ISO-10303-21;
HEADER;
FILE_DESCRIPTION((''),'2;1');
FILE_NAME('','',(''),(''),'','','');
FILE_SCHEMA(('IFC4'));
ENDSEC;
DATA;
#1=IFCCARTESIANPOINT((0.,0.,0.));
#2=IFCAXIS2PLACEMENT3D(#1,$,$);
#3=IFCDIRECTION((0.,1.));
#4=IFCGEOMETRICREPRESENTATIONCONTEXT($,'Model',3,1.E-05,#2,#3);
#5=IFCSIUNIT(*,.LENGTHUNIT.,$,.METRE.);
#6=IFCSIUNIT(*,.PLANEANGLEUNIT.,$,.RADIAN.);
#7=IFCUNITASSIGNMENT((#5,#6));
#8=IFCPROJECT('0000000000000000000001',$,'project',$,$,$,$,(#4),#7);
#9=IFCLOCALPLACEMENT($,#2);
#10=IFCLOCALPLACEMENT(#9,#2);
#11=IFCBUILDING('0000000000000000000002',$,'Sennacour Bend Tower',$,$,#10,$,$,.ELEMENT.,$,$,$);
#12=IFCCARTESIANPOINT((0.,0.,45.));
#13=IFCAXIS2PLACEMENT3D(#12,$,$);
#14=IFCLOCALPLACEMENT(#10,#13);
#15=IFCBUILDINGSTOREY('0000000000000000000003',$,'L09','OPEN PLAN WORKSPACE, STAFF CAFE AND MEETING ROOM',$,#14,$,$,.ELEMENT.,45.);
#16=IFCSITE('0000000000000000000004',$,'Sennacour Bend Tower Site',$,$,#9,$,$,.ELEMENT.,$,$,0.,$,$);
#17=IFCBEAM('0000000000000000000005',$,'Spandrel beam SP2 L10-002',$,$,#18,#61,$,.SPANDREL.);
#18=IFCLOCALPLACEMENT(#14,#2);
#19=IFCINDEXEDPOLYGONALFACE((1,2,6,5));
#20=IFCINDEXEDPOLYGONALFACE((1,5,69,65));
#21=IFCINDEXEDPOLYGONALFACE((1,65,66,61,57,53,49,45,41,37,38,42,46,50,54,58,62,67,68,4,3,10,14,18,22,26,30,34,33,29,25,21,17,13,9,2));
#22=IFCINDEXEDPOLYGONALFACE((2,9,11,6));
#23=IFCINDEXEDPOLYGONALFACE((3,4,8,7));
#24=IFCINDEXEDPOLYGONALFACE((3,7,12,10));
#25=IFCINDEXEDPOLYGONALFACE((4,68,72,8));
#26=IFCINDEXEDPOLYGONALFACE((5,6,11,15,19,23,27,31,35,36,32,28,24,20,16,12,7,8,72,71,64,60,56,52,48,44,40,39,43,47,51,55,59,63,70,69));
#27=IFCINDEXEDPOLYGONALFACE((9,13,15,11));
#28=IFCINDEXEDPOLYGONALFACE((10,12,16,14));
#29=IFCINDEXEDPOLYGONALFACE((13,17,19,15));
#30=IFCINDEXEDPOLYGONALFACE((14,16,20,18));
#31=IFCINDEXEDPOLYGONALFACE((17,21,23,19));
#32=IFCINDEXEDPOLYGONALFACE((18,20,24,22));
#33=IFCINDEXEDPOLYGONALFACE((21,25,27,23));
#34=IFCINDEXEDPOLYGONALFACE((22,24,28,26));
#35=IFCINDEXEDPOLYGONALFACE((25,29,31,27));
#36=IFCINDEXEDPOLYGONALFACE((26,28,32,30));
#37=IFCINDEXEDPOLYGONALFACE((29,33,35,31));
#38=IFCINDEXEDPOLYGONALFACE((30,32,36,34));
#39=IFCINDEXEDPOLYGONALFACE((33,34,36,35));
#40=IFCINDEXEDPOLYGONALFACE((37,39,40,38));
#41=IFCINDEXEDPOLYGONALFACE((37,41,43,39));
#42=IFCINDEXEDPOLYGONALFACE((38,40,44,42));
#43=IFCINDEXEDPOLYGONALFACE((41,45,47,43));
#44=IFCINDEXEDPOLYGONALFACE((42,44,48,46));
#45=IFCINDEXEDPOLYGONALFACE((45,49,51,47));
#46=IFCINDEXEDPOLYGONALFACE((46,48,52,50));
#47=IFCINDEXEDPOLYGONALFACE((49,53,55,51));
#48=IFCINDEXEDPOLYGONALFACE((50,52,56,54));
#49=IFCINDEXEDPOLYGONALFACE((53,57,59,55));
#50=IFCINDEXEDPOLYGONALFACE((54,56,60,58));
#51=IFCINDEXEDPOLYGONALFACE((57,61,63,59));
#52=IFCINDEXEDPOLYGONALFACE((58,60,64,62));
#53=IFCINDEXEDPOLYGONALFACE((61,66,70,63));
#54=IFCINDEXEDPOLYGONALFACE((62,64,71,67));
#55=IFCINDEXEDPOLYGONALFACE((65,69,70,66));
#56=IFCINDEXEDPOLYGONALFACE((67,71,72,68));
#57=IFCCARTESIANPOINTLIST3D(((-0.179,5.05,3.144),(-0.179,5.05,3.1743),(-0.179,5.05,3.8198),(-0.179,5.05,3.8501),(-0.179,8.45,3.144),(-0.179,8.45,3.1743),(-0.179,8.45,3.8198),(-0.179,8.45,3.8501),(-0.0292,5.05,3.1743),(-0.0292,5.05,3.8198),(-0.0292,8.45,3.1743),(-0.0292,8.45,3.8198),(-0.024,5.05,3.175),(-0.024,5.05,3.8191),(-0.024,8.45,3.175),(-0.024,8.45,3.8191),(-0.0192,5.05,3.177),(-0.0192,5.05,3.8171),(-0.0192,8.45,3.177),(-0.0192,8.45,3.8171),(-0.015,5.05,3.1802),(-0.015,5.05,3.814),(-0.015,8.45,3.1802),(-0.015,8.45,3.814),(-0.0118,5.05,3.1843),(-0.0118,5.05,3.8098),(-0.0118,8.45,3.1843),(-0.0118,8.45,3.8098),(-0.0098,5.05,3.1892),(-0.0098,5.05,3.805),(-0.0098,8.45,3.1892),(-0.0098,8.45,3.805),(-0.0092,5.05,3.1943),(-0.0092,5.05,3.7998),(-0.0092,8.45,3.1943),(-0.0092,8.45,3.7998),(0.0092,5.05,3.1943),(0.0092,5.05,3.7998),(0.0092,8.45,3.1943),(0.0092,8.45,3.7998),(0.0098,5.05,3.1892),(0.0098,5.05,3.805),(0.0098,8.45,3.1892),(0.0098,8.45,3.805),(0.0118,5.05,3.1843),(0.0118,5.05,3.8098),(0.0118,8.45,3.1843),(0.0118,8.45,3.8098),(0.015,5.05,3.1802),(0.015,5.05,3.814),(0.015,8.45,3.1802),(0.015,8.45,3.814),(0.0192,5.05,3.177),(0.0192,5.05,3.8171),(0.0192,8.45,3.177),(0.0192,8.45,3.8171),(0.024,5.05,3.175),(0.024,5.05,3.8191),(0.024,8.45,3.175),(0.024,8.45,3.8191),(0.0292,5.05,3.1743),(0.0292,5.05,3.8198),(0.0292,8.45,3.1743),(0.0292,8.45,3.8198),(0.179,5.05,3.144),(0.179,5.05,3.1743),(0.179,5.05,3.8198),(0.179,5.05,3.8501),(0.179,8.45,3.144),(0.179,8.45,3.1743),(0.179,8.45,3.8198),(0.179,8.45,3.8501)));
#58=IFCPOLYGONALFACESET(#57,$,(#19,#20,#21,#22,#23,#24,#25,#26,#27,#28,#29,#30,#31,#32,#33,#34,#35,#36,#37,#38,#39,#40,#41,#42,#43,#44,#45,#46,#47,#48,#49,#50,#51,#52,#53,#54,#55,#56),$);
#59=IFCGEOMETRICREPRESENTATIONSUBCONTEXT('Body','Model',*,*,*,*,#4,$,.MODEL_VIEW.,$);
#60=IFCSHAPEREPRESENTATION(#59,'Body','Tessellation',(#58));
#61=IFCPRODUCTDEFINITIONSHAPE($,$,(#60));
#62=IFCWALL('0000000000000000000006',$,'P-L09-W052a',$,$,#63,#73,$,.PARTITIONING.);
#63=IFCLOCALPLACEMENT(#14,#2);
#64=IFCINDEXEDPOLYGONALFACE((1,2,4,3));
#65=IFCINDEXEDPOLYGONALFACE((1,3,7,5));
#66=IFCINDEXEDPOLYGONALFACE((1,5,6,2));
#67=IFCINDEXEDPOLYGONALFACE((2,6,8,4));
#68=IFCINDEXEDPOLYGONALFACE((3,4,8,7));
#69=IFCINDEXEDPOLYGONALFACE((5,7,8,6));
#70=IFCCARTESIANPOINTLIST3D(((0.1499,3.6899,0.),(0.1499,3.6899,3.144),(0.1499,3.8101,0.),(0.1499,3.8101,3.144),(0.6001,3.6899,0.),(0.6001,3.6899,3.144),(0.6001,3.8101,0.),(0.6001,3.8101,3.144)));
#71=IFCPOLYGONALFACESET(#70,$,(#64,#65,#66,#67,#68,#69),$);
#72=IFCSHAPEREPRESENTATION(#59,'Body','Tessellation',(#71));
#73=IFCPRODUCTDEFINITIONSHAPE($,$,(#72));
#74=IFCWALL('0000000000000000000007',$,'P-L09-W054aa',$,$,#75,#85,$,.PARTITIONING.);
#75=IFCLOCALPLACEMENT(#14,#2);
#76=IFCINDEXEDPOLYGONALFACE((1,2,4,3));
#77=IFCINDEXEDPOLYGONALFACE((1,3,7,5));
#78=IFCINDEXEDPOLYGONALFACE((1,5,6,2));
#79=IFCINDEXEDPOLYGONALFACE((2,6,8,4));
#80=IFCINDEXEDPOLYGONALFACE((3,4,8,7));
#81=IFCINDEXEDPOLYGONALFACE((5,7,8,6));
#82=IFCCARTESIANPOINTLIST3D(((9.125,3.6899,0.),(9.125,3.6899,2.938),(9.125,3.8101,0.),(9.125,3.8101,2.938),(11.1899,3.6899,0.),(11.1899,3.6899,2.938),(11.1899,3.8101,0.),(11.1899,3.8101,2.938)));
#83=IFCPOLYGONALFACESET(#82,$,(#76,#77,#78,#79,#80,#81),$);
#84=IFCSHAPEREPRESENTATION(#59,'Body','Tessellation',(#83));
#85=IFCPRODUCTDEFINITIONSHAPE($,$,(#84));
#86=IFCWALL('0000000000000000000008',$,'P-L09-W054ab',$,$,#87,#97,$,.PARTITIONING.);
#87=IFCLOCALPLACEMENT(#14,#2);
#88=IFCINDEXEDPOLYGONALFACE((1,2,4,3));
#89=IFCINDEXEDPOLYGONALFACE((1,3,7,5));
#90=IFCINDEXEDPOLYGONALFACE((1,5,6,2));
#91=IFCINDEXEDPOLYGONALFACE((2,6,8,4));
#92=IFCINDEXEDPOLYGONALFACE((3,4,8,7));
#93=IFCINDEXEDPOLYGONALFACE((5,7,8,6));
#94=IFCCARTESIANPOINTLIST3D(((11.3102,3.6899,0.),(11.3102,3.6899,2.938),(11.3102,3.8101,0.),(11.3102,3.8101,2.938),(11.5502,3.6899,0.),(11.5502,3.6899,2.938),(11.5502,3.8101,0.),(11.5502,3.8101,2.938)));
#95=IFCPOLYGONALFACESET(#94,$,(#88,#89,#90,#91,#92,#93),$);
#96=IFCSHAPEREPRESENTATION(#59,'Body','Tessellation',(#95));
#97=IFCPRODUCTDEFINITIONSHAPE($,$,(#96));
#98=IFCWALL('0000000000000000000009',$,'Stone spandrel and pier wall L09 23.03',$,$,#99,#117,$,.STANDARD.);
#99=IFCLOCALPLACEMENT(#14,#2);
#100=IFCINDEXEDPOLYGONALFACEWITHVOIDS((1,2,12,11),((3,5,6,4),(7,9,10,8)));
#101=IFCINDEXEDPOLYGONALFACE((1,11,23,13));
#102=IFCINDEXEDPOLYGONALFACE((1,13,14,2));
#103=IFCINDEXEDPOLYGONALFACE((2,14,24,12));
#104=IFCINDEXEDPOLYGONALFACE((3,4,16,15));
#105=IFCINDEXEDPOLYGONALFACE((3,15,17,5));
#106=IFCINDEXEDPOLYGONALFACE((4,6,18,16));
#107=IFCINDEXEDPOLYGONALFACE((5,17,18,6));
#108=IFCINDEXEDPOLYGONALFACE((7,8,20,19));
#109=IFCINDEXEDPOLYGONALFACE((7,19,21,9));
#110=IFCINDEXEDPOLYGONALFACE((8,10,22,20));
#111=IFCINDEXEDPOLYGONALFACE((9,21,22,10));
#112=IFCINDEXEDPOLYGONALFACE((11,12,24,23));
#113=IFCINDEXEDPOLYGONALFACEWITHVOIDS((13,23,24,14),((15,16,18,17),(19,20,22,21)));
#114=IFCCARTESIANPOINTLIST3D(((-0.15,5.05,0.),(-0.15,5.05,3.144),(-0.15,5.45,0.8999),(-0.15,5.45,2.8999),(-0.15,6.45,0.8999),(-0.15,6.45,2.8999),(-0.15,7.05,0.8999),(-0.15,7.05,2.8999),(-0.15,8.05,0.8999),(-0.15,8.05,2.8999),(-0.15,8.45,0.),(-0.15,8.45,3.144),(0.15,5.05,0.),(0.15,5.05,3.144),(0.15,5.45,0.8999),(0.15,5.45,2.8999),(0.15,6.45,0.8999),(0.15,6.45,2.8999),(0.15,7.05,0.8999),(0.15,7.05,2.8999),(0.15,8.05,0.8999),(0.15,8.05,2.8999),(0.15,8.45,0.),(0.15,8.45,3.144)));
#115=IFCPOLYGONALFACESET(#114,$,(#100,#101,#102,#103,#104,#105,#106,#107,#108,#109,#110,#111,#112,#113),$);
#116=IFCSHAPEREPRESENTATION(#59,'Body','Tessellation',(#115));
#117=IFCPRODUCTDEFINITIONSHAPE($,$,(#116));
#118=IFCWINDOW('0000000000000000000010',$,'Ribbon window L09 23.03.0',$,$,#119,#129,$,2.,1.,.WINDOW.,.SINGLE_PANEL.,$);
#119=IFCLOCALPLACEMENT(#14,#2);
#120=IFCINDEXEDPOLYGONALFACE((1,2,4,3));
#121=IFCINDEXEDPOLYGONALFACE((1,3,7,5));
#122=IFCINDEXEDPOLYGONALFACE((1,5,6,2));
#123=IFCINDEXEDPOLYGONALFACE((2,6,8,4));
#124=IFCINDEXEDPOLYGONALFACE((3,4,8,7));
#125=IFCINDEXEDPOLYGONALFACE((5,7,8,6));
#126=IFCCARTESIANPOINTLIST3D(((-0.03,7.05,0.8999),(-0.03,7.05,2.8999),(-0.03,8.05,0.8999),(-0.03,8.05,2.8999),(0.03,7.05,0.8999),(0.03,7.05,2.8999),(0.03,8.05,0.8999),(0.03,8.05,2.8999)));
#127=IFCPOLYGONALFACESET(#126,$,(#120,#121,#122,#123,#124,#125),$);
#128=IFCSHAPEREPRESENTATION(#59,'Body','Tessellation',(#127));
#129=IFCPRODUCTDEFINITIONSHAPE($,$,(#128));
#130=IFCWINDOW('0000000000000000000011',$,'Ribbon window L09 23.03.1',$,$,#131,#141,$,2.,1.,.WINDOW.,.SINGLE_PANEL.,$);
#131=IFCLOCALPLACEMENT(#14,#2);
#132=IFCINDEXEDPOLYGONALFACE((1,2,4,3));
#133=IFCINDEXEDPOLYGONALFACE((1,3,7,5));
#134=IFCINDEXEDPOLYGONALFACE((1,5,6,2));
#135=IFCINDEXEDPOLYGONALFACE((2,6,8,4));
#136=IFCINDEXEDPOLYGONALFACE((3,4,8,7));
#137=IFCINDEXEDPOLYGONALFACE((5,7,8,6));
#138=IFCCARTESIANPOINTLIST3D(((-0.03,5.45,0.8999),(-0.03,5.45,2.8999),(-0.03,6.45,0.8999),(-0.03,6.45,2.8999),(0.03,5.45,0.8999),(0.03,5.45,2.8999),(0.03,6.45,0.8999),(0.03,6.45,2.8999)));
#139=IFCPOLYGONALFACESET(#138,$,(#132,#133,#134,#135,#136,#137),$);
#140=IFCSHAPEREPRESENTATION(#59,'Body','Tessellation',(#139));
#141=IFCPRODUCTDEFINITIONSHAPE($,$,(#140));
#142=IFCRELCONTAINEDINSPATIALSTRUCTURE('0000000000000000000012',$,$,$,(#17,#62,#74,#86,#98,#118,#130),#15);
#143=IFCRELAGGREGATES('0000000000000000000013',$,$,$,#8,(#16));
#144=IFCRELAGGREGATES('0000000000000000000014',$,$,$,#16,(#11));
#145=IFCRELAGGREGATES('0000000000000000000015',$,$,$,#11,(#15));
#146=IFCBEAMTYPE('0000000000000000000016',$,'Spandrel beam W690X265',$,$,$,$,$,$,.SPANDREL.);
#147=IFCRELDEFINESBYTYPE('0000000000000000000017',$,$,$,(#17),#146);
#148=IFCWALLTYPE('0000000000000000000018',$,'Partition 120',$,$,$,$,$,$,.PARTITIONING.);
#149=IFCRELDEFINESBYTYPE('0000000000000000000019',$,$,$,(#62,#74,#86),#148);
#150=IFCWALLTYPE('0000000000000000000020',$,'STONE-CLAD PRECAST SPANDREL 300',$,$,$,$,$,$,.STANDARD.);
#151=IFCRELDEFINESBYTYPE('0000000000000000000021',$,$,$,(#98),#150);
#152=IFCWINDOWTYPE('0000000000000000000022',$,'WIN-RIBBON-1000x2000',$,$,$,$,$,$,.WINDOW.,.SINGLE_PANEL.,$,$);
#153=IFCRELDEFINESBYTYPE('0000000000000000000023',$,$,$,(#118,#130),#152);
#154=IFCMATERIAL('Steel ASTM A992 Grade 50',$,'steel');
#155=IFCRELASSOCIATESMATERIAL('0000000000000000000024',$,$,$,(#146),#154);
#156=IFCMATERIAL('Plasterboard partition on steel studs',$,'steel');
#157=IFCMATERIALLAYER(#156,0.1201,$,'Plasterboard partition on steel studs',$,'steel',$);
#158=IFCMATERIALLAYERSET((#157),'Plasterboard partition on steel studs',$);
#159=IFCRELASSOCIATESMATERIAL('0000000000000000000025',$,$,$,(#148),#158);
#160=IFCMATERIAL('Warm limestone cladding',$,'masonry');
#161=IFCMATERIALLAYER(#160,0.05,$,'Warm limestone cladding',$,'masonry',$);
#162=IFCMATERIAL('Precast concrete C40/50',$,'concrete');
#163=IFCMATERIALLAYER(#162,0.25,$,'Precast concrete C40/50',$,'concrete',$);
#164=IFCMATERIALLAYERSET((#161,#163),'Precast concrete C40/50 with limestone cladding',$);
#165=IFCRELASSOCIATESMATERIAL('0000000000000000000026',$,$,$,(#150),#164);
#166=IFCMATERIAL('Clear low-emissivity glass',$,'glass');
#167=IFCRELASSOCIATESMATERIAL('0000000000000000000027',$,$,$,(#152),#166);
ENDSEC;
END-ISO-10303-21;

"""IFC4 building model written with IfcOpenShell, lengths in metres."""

from ifc_helpers import new_model, si_unit, direction, frame, frame_2d, origin, origin_2d, place, context, subcontext, project, spatial, rectangle, i_section, extrude, material, layer, layer_set, material_profile, profile_set, type_object, element, fill, save


model = new_model("IFC4")

# Units and contexts
model_context = context("Model", 3, precision=1e-05, world=origin(), true_north=direction((0.0, 1.0)))
body_context = subcontext(model_context, "Body", "Model", "MODEL_VIEW")
ifc_project = project(units=[si_unit("LENGTHUNIT", "METRE"), si_unit("PLANEANGLEUNIT", "RADIAN")], contexts=[model_context])

# Site, building, storey
site_placement = place(None, origin())
site = spatial("IfcSite", under=ifc_project, at=site_placement, Name="Sennacour Bend Tower Site", CompositionType="ELEMENT", RefElevation=0.0)
building_placement = place(site_placement, origin())
building = spatial("IfcBuilding", under=site, at=building_placement, Name="Sennacour Bend Tower", CompositionType="ELEMENT")
storey_placement = place(building_placement, frame((0.0, 0.0, 45.0)))
storey = spatial("IfcBuildingStorey", under=building, at=storey_placement, Name="L09", Description="OPEN PLAN WORKSPACE, STAFF CAFE AND MEETING ROOM", CompositionType="ELEMENT", Elevation=45.0)

# Beam
ifc_material_1 = material(Name="Steel ASTM A992 Grade 50", Category="steel")
ifc_material_profile_1 = material_profile(ifc_material_1, i_section(OverallWidth=0.3579, OverallDepth=0.7061, WebThickness=0.0183, FlangeThickness=0.0303, FilletRadius=0.02, at=origin_2d()), Name="Steel ASTM A992 Grade 50", Category="steel")
ifc_profile_set_1 = profile_set([ifc_material_profile_1], Name="Steel ASTM A992 Grade 50")
beam_type_1 = type_object("IfcBeamType", Name="Spandrel beam W690X265", PredefinedType="SPANDREL", material=ifc_profile_set_1)
beam_placement = place(storey_placement, frame((0.0, 5.05, 3.4971), z_axis=(0.0, 1.0, 0.0), x_axis=(-1.0, 0.0, 0.0)))
element("IfcBeam", 1, at=beam_placement, inside=storey, type_object=beam_type_1, Name="Spandrel beam SP2 L10-002", PredefinedType="SPANDREL", context=body_context, shape_type="SweptSolid", body=[
    extrude(i_section(OverallWidth=0.3579, OverallDepth=0.7061, WebThickness=0.0183, FlangeThickness=0.0303, FilletRadius=0.02, at=origin_2d()), origin(), (0.0, 0.0, 1.0), 3.3999),
])

# Walls
ifc_material_2 = material(Name="Plasterboard partition on steel studs", Category="steel")
ifc_layer_1 = layer(ifc_material_2, 0.1201, Name="Plasterboard partition on steel studs", Category="steel")
ifc_layer_set_1 = layer_set([ifc_layer_1], Name="Plasterboard partition on steel studs")
wall_type_1 = type_object("IfcWallType", Name="Partition 120", PredefinedType="PARTITIONING", material=ifc_layer_set_1)
wall_1_placement = place(storey_placement, frame((0.1499, 3.75, 0.0), z_axis=(0.0, 0.0, 1.0), x_axis=(1.0, 0.0, 0.0)))
element("IfcWall", 2, at=wall_1_placement, inside=storey, type_object=wall_type_1, Name="P-L09-W052a", PredefinedType="PARTITIONING", context=body_context, shape_type="SweptSolid", body=[
    extrude(rectangle(XDim=0.4502, YDim=0.1201, at=frame_2d((0.2251, 0.0))), origin(), (0.0, 0.0, 1.0), 3.144),
])
wall_2_placement = place(storey_placement, frame((9.125, 3.75, 0.0), z_axis=(0.0, 0.0, 1.0), x_axis=(1.0, 0.0, 0.0)))
element("IfcWall", 3, at=wall_2_placement, inside=storey, type_object=wall_type_1, Name="P-L09-W054aa", PredefinedType="PARTITIONING", context=body_context, shape_type="SweptSolid", body=[
    extrude(rectangle(XDim=2.0649, YDim=0.1201, at=frame_2d((1.0325, 0.0))), origin(), (0.0, 0.0, 1.0), 2.938),
])
wall_3_placement = place(storey_placement, frame((11.3101, 3.75, 0.0), z_axis=(0.0, 0.0, 1.0), x_axis=(1.0, 0.0, 0.0)))
element("IfcWall", 4, at=wall_3_placement, inside=storey, type_object=wall_type_1, Name="P-L09-W054ab", PredefinedType="PARTITIONING", context=body_context, shape_type="SweptSolid", body=[
    extrude(rectangle(XDim=0.24, YDim=0.1201, at=frame_2d((0.1201, 0.0))), origin(), (0.0, 0.0, 1.0), 2.938),
])

# Wall, openings, windows
ifc_material_3 = material(Name="Warm limestone cladding", Category="masonry")
ifc_layer_2 = layer(ifc_material_3, 0.05, Name="Warm limestone cladding", Category="masonry")
ifc_material_4 = material(Name="Precast concrete C40/50", Category="concrete")
ifc_layer_3 = layer(ifc_material_4, 0.25, Name="Precast concrete C40/50", Category="concrete")
ifc_layer_set_2 = layer_set([ifc_layer_2, ifc_layer_3], Name="Precast concrete C40/50 with limestone cladding")
wall_type_2 = type_object("IfcWallType", Name="STONE-CLAD PRECAST SPANDREL 300", PredefinedType="STANDARD", material=ifc_layer_set_2)
wall_4_placement = place(storey_placement, frame((0.0, 8.45, 0.0), z_axis=(0.0, 0.0, 1.0), x_axis=(0.0, -1.0, 0.0)))
wall_4 = element("IfcWall", 5, at=wall_4_placement, inside=storey, type_object=wall_type_2, Name="Stone spandrel and pier wall L09 23.03", PredefinedType="STANDARD", context=body_context, shape_type="SweptSolid", body=[
    extrude(rectangle(XDim=3.3999, YDim=0.3, at=frame_2d((1.7, 0.0))), origin(), (0.0, 0.0, 1.0), 3.144),
])
opening_1_placement = place(wall_4_placement, frame((0.3999, 0.0, 0.8999)))
opening_1 = element("IfcOpeningElement", 6, at=opening_1_placement, cuts=wall_4, PredefinedType="OPENING", context=body_context, shape_type="SweptSolid", body=[
    extrude(rectangle(XDim=1.0, YDim=2.0, at=frame_2d((0.5, 1.0))), frame((0.0, 0.1602, 0.0), z_axis=(0.0, -1.0, 0.0), x_axis=(1.0, 0.0, 0.0)), (0.0, 0.0, 1.0), 0.3201),
])
opening_2_placement = place(wall_4_placement, frame((2.0, 0.0, 0.8999)))
opening_2 = element("IfcOpeningElement", 7, at=opening_2_placement, cuts=wall_4, PredefinedType="OPENING", context=body_context, shape_type="SweptSolid", body=[
    extrude(rectangle(XDim=1.0, YDim=2.0, at=frame_2d((0.5, 1.0))), frame((0.0, 0.1602, 0.0), z_axis=(0.0, -1.0, 0.0), x_axis=(1.0, 0.0, 0.0)), (0.0, 0.0, 1.0), 0.3201),
])
ifc_material_5 = material(Name="Clear low-emissivity glass", Category="glass")
window_type = type_object("IfcWindowType", Name="WIN-RIBBON-1000x2000", PartitioningType="SINGLE_PANEL", PredefinedType="WINDOW", material=ifc_material_5)
window_1_placement = place(opening_1_placement, origin())
window_1 = element("IfcWindow", 8, at=window_1_placement, inside=storey, type_object=window_type, Name="Ribbon window L09 23.03.0", OverallHeight=2.0, OverallWidth=1.0, PartitioningType="SINGLE_PANEL", PredefinedType="WINDOW", context=body_context, shape_type="SweptSolid", body=[
    extrude(rectangle(XDim=1.0, YDim=2.0, at=frame_2d((0.5, 1.0))), frame((0.0, 0.03, 0.0), z_axis=(0.0, -1.0, 0.0), x_axis=(1.0, 0.0, 0.0)), (0.0, 0.0, 1.0), 0.0601),
])
fill(opening_1, window_1)
window_2_placement = place(opening_2_placement, origin())
window_2 = element("IfcWindow", 9, at=window_2_placement, inside=storey, type_object=window_type, Name="Ribbon window L09 23.03.1", OverallHeight=2.0, OverallWidth=1.0, PartitioningType="SINGLE_PANEL", PredefinedType="WINDOW", context=body_context, shape_type="SweptSolid", body=[
    extrude(rectangle(XDim=1.0, YDim=2.0, at=frame_2d((0.5, 1.0))), frame((0.0, 0.03, 0.0), z_axis=(0.0, -1.0, 0.0), x_axis=(1.0, 0.0, 0.0)), (0.0, 0.0, 1.0), 0.0601),
])
fill(opening_2, window_2)

save(model, "model.ifc")
